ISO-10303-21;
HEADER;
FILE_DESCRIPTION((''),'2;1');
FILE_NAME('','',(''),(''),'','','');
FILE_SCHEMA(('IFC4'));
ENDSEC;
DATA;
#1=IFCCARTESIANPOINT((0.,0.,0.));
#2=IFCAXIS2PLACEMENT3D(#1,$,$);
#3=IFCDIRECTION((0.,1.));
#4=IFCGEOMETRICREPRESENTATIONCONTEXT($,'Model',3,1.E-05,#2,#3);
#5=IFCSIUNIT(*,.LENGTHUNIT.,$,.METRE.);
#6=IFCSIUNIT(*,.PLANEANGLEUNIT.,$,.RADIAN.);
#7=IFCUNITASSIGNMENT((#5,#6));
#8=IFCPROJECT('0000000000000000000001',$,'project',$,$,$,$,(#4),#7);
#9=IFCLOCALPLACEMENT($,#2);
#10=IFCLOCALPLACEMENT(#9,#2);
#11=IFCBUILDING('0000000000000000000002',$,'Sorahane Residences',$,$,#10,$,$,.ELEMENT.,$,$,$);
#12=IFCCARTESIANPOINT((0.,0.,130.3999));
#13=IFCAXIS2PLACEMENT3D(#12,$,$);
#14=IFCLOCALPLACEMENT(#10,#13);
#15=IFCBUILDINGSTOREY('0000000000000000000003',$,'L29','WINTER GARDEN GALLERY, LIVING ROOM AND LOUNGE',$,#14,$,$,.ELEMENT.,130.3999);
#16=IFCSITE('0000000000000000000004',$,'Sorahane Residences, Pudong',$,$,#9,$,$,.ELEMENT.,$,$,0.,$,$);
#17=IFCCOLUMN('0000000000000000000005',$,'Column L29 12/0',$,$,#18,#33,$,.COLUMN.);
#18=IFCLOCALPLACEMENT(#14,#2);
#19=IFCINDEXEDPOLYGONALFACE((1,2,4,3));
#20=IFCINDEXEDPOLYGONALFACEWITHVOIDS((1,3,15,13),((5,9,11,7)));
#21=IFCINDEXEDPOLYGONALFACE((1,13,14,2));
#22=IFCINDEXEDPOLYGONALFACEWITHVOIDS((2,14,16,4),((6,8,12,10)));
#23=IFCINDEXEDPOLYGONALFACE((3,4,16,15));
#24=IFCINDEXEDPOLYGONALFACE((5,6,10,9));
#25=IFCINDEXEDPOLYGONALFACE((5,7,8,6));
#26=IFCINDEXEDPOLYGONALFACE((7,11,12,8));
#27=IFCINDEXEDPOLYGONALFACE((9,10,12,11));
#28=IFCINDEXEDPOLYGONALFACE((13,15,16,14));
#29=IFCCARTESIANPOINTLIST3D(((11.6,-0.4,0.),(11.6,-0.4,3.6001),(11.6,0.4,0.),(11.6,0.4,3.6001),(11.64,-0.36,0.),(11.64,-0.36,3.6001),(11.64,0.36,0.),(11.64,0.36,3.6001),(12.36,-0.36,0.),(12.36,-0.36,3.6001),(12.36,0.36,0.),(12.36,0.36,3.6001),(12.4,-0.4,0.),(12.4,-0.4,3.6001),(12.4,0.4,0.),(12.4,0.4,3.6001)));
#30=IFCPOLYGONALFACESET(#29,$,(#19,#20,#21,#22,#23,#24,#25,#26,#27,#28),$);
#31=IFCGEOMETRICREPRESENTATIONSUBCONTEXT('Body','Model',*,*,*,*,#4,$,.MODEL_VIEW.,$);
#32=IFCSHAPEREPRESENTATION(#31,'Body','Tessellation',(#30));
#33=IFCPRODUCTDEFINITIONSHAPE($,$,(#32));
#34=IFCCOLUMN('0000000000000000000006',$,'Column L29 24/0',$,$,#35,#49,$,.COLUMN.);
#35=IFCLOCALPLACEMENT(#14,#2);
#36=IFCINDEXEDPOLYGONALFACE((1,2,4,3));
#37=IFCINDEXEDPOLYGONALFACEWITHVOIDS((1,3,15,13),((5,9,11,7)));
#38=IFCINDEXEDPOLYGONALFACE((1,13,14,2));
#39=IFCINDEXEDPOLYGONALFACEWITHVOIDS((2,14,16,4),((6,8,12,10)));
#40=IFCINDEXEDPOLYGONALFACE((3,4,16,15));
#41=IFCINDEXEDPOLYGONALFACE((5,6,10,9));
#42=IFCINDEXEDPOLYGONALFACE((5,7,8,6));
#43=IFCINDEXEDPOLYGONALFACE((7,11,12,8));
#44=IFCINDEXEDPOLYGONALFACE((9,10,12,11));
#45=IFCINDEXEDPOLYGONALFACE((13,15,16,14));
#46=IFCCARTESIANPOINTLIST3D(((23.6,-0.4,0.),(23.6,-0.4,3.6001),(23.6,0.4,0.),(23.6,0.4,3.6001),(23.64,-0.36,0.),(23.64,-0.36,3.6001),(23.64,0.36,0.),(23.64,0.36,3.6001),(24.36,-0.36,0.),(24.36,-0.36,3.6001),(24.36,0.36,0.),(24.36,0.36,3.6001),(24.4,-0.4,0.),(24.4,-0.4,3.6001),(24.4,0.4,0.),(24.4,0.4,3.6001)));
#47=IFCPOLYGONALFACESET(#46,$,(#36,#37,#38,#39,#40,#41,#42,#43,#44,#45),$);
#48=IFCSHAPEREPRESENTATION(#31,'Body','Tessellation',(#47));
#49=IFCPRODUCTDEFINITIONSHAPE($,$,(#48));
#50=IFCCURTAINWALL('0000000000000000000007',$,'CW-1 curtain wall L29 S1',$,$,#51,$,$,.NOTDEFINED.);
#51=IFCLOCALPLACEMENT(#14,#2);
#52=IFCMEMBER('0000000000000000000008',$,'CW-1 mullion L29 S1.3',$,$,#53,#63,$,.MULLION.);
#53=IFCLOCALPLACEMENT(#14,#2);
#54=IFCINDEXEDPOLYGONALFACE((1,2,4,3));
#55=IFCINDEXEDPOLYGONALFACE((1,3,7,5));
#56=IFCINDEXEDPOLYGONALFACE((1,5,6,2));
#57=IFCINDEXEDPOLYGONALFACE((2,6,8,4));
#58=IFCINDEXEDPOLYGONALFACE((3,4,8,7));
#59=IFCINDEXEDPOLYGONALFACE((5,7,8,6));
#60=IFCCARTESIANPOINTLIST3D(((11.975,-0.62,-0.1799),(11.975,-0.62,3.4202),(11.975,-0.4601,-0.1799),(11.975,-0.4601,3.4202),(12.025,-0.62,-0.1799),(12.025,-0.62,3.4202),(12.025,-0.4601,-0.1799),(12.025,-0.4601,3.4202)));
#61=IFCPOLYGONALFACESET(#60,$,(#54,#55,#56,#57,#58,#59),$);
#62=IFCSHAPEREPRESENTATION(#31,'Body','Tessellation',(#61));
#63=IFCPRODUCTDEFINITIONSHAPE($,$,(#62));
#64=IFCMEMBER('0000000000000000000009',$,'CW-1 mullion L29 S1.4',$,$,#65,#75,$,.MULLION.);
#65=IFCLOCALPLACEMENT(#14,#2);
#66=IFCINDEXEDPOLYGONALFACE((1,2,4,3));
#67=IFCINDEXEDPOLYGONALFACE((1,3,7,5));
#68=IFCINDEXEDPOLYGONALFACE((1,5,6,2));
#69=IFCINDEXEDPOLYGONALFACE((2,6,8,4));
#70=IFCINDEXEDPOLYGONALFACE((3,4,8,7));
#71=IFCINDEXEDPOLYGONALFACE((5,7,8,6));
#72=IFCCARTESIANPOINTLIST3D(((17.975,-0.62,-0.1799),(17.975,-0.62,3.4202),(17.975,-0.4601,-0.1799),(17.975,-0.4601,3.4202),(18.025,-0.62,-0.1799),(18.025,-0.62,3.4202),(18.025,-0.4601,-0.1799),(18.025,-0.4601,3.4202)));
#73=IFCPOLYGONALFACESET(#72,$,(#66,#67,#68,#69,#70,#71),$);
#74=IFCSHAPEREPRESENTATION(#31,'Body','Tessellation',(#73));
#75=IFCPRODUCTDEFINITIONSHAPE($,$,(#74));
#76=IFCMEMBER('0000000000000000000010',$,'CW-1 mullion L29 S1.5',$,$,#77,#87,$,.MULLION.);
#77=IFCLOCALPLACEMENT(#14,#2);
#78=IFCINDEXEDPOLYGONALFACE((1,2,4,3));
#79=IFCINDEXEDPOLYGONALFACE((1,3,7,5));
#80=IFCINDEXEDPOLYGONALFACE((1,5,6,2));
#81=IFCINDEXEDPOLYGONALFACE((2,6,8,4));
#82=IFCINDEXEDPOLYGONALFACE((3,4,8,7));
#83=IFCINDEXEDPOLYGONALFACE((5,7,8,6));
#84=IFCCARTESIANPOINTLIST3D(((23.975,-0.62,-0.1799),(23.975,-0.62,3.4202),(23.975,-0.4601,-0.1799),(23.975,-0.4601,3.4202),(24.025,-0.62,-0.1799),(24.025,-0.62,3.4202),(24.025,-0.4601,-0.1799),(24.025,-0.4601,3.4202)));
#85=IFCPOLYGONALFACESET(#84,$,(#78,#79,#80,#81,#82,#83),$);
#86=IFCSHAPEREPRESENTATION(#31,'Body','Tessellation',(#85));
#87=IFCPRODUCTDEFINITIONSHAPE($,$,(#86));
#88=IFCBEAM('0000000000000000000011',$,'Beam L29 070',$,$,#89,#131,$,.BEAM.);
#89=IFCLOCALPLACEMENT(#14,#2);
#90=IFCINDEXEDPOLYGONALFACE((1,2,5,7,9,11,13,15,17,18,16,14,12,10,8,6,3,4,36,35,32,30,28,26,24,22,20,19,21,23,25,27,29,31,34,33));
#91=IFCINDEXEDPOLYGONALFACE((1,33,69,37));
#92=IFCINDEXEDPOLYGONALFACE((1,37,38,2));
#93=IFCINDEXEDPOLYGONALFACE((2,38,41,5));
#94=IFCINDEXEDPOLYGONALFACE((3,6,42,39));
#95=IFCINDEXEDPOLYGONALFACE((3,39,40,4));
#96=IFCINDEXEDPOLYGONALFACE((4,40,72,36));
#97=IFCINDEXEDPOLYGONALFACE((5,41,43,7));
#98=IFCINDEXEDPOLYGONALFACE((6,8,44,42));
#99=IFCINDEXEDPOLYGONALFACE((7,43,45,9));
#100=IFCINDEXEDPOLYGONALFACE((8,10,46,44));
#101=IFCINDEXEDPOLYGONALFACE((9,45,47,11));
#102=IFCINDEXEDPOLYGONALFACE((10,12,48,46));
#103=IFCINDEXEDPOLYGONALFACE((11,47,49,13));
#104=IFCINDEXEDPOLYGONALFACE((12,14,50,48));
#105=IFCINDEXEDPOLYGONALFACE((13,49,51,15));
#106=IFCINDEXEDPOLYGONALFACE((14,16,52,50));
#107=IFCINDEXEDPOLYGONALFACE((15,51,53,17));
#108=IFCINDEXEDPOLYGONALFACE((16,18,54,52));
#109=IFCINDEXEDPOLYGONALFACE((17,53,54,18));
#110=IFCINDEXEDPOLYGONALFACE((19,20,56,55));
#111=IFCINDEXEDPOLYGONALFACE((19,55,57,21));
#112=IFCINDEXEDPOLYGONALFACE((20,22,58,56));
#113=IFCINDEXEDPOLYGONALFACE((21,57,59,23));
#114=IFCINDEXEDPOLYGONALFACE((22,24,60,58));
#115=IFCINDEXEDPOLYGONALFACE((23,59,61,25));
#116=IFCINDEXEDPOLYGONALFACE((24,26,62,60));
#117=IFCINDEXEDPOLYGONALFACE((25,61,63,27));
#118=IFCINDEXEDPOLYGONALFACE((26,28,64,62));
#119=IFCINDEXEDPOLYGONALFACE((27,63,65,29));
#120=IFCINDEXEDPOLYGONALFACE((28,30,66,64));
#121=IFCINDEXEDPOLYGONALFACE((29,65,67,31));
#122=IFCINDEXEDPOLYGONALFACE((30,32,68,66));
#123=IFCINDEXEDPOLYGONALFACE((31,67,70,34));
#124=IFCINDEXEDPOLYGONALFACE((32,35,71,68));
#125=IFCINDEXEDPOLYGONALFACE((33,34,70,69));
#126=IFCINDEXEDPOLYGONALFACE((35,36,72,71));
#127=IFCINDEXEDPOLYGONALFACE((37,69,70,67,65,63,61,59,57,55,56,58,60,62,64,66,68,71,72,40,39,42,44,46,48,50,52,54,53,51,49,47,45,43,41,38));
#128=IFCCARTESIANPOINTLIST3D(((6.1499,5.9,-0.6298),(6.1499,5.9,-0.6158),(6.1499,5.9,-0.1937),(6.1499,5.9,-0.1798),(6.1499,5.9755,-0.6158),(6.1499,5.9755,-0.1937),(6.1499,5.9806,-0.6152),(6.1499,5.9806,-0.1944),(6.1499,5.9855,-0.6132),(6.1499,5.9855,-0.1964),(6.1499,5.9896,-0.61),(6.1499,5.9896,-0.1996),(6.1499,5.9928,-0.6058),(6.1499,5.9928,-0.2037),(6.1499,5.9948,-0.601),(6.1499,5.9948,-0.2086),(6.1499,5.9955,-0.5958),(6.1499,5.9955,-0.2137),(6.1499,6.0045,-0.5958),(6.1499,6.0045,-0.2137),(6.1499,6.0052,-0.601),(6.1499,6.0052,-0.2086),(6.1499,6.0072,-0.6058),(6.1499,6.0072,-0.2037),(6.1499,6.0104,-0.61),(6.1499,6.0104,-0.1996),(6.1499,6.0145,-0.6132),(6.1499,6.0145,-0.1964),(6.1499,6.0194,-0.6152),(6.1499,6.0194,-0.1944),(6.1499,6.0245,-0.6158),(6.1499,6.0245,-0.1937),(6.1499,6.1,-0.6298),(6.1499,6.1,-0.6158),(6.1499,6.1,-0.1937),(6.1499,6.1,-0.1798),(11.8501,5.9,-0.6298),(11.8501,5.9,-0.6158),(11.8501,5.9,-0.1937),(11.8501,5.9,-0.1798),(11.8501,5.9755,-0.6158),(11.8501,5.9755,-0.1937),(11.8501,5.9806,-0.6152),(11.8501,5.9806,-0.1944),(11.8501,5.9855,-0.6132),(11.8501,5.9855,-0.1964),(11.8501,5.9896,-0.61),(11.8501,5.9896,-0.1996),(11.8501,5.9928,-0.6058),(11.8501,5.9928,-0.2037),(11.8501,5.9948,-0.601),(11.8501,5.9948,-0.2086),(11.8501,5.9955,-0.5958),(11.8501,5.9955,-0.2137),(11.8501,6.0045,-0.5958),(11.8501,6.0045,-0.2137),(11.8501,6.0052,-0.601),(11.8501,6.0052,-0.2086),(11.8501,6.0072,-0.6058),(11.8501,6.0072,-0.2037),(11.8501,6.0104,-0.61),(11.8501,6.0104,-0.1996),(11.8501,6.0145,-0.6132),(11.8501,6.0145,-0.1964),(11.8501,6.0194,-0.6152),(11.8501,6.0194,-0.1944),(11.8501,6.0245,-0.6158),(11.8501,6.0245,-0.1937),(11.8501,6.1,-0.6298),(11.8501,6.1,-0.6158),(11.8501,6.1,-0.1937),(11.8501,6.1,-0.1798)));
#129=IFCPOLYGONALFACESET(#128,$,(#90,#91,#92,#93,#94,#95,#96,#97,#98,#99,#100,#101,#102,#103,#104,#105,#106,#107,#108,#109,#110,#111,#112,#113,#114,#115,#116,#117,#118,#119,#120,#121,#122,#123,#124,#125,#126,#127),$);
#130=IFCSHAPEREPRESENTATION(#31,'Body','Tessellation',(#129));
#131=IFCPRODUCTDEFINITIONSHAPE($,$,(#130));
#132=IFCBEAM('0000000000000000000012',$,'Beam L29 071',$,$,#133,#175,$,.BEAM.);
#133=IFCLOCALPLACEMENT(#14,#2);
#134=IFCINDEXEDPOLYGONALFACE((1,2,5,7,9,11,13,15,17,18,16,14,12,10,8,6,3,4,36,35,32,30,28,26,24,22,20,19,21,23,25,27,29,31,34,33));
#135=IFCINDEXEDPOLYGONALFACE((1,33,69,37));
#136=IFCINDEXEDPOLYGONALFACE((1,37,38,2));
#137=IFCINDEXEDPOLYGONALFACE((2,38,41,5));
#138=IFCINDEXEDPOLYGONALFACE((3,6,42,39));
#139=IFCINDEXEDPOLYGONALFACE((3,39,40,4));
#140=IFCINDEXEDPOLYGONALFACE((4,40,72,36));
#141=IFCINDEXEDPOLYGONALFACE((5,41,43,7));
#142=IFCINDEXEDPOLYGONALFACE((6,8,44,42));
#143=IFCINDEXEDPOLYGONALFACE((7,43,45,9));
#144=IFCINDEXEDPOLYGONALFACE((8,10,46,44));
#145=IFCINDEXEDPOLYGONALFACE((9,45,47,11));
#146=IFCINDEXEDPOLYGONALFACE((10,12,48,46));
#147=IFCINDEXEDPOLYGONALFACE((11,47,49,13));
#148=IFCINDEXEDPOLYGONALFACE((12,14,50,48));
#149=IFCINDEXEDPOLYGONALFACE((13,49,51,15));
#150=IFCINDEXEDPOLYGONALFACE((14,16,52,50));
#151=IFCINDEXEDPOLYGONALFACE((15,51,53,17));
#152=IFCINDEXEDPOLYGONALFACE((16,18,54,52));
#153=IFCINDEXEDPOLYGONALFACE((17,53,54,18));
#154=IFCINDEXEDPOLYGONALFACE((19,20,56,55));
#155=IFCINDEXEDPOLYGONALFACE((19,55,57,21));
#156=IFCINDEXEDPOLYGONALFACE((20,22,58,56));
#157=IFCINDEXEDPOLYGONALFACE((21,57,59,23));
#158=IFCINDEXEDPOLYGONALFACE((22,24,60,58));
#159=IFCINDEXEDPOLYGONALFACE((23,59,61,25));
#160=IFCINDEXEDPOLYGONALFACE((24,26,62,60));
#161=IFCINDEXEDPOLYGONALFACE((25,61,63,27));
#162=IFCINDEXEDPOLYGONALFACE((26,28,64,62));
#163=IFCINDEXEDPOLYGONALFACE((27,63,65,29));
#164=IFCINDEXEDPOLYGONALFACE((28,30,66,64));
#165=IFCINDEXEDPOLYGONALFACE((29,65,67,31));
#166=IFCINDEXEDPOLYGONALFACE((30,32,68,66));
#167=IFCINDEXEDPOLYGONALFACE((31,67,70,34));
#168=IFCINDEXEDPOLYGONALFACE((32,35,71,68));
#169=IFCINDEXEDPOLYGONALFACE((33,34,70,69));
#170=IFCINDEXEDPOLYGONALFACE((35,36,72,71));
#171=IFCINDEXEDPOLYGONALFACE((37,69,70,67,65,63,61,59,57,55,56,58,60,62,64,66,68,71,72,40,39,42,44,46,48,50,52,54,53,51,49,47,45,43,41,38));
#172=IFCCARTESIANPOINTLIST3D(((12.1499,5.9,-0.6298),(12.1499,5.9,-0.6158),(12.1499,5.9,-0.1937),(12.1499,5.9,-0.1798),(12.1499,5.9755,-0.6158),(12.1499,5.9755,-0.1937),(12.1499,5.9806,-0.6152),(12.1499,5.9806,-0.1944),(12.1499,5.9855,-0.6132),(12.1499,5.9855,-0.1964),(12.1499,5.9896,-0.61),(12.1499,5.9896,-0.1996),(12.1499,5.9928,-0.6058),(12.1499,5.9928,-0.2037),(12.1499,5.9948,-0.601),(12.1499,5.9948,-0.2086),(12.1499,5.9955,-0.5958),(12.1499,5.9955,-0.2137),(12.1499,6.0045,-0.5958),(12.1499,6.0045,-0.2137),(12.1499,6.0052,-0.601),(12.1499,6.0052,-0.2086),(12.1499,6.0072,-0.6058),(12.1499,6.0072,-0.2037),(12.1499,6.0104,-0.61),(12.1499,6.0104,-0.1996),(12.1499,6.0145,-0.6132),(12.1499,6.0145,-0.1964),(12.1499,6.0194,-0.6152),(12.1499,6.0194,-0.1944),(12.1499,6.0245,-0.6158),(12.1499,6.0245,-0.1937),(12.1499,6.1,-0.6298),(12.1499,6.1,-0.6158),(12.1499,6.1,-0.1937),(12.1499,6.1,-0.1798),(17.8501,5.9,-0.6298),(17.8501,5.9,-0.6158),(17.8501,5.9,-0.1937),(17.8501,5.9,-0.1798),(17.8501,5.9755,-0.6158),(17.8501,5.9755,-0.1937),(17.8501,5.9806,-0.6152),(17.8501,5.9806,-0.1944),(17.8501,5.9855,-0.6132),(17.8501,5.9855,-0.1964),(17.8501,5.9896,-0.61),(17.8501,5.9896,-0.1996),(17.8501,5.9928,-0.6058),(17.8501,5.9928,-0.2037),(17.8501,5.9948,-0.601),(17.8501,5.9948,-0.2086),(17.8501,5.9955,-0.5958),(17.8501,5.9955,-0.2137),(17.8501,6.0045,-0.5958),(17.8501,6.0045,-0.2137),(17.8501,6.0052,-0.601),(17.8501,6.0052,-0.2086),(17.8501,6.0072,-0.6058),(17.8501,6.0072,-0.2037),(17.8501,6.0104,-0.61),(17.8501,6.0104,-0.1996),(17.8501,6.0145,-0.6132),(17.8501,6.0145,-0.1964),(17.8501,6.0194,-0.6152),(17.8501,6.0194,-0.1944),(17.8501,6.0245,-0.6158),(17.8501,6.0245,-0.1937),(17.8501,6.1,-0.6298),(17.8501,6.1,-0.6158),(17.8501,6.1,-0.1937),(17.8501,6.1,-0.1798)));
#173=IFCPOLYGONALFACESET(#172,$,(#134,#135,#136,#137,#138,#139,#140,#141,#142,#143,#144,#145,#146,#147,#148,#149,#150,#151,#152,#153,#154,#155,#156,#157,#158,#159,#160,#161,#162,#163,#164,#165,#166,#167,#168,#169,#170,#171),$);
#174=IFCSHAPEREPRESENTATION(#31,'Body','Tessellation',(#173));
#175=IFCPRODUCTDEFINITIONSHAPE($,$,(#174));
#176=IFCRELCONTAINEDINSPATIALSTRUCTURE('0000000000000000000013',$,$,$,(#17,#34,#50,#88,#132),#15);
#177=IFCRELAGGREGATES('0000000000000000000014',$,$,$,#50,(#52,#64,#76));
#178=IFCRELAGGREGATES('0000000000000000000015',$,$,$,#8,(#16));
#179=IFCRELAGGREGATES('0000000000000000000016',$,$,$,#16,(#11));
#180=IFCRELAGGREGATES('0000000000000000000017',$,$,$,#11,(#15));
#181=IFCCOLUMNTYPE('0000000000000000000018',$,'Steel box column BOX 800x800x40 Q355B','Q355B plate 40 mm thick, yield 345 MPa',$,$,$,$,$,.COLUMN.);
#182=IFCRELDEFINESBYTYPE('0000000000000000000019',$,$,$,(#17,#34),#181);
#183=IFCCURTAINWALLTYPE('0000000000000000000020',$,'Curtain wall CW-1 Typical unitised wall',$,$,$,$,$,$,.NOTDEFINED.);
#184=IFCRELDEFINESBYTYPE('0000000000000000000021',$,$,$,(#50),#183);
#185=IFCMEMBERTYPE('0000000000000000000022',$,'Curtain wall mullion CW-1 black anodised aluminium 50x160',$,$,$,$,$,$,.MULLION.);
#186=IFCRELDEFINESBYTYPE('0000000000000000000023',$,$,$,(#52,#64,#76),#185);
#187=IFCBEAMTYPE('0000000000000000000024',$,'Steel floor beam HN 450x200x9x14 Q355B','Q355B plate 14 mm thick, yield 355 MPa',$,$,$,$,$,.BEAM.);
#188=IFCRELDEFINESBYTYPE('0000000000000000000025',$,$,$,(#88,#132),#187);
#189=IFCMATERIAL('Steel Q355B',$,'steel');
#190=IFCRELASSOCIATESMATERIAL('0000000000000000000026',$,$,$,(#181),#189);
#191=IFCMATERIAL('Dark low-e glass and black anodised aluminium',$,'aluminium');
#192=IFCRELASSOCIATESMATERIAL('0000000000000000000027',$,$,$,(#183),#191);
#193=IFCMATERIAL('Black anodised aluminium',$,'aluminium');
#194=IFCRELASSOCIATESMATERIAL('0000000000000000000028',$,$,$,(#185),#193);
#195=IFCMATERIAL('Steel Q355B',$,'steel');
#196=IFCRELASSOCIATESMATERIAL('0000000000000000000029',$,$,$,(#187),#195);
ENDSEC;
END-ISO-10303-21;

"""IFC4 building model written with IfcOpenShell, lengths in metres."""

from ifc_helpers import new_model, si_unit, direction, frame, origin, origin_2d, place, context, subcontext, project, spatial, rectangle, hollow_rectangle, i_section, extrude, material, material_profile, profile_set, type_object, element, aggregate, save


model = new_model("IFC4")

# Units and contexts
model_context = context("Model", 3, precision=1e-05, world=origin(), true_north=direction((0.0, 1.0)))
body_context = subcontext(model_context, "Body", "Model", "MODEL_VIEW")
ifc_project = project(units=[si_unit("LENGTHUNIT", "METRE"), si_unit("PLANEANGLEUNIT", "RADIAN")], contexts=[model_context])

# Site, building, storey
site_placement = place(None, origin())
site = spatial("IfcSite", under=ifc_project, at=site_placement, Name="Sorahane Residences, Pudong", CompositionType="ELEMENT", RefElevation=0.0)
building_placement = place(site_placement, origin())
building = spatial("IfcBuilding", under=site, at=building_placement, Name="Sorahane Residences", CompositionType="ELEMENT")
storey_placement = place(building_placement, frame((0.0, 0.0, 130.3999)))
storey = spatial("IfcBuildingStorey", under=building, at=storey_placement, Name="L29", Description="WINTER GARDEN GALLERY, LIVING ROOM AND LOUNGE", CompositionType="ELEMENT", Elevation=130.3999)

# Columns
ifc_material_1 = material(Name="Steel Q355B", Category="steel")
ifc_material_profile_1 = material_profile(ifc_material_1, hollow_rectangle(XDim=0.8, YDim=0.8, WallThickness=0.04, at=origin_2d()), Name="BOX 800x800x40")
ifc_profile_set_1 = profile_set([ifc_material_profile_1], Name="Steel Q355B")
column_type = type_object("IfcColumnType", Name="Steel box column BOX 800x800x40 Q355B", Description="Q355B plate 40 mm thick, yield 345 MPa", PredefinedType="COLUMN", material=ifc_profile_set_1)
for number, where, z_axis, x_axis, name in (
    (1, (12.0, 0.0, 0.0), (0.0, 0.0, 1.0), (1.0, 0.0, 0.0), "Column L29 12/0"),
    (2, (24.0, 0.0, 0.0), (0.0, 0.0, 1.0), (1.0, 0.0, 0.0), "Column L29 24/0"),
):
    element("IfcColumn", number, at=place(storey_placement, frame(where, z_axis=z_axis, x_axis=x_axis)), inside=storey, type_object=column_type, Name=name, PredefinedType="COLUMN", context=body_context, shape_type="SweptSolid", body=[
        extrude(hollow_rectangle(XDim=0.8, YDim=0.8, WallThickness=0.04, at=origin_2d()), origin(), (0.0, 0.0, 1.0), 3.6001),
    ])

# Curtain wall, members
ifc_material_2 = material(Name="Dark low-e glass and black anodised aluminium", Category="aluminium")
curtain_wall_type = type_object("IfcCurtainWallType", Name="Curtain wall CW-1 Typical unitised wall", PredefinedType="NOTDEFINED", material=ifc_material_2)
curtain_wall_placement = place(storey_placement, origin())
curtain_wall = element("IfcCurtainWall", 3, at=curtain_wall_placement, inside=storey, type_object=curtain_wall_type, Name="CW-1 curtain wall L29 S1", PredefinedType="NOTDEFINED")
ifc_material_3 = material(Name="Black anodised aluminium", Category="aluminium")
ifc_material_profile_2 = material_profile(ifc_material_3, rectangle(XDim=0.1599, YDim=0.05, at=origin_2d()), Name="Curtain wall mullion CW-1 black anodised aluminium 50x160")
ifc_profile_set_2 = profile_set([ifc_material_profile_2], Name="Black anodised aluminium")
member_type = type_object("IfcMemberType", Name="Curtain wall mullion CW-1 black anodised aluminium 50x160", PredefinedType="MULLION", material=ifc_profile_set_2)
member_1_placement = place(storey_placement, frame((12.0, -0.54, -0.1799), z_axis=(0.0, 0.0, 1.0), x_axis=(0.0, -1.0, 0.0)))
member_1 = element("IfcMember", 4, at=member_1_placement, type_object=member_type, Name="CW-1 mullion L29 S1.3", PredefinedType="MULLION", context=body_context, shape_type="SweptSolid", body=[
    extrude(rectangle(XDim=0.1599, YDim=0.05, at=origin_2d()), origin(), (0.0, 0.0, 1.0), 3.6001),
])
member_2_placement = place(storey_placement, frame((18.0, -0.54, -0.1799), z_axis=(0.0, 0.0, 1.0), x_axis=(0.0, -1.0, 0.0)))
member_2 = element("IfcMember", 5, at=member_2_placement, type_object=member_type, Name="CW-1 mullion L29 S1.4", PredefinedType="MULLION", context=body_context, shape_type="SweptSolid", body=[
    extrude(rectangle(XDim=0.1599, YDim=0.05, at=origin_2d()), origin(), (0.0, 0.0, 1.0), 3.6001),
])
member_3_placement = place(storey_placement, frame((24.0, -0.54, -0.1799), z_axis=(0.0, 0.0, 1.0), x_axis=(0.0, -1.0, 0.0)))
member_3 = element("IfcMember", 6, at=member_3_placement, type_object=member_type, Name="CW-1 mullion L29 S1.5", PredefinedType="MULLION", context=body_context, shape_type="SweptSolid", body=[
    extrude(rectangle(XDim=0.1599, YDim=0.05, at=origin_2d()), origin(), (0.0, 0.0, 1.0), 3.6001),
])

# Beams
ifc_material_4 = material(Name="Steel Q355B", Category="steel")
ifc_material_profile_3 = material_profile(ifc_material_4, i_section(OverallWidth=0.2, OverallDepth=0.45, WebThickness=0.009, FlangeThickness=0.0139, FilletRadius=0.02, at=origin_2d()), Name="HN 450x200x9x14")
ifc_profile_set_3 = profile_set([ifc_material_profile_3], Name="Steel Q355B")
beam_type_1 = type_object("IfcBeamType", Name="Steel floor beam HN 450x200x9x14 Q355B", Description="Q355B plate 14 mm thick, yield 355 MPa", PredefinedType="BEAM", material=ifc_profile_set_3)
for number, where, z_axis, x_axis, name in (
    (7, (6.1499, 6.0, -0.4048), (1.0, 0.0, 0.0), (0.0, 1.0, 0.0), "Beam L29 070"),
    (8, (12.1499, 6.0, -0.4048), (1.0, 0.0, 0.0), (0.0, 1.0, 0.0), "Beam L29 071"),
):
    element("IfcBeam", number, at=place(storey_placement, frame(where, z_axis=z_axis, x_axis=x_axis)), inside=storey, type_object=beam_type_1, Name=name, PredefinedType="BEAM", context=body_context, shape_type="SweptSolid", body=[
        extrude(i_section(OverallWidth=0.2, OverallDepth=0.45, WebThickness=0.009, FlangeThickness=0.0139, FilletRadius=0.02, at=origin_2d()), origin(), (0.0, 0.0, 1.0), 5.7002),
    ])

aggregate(curtain_wall, [member_1, member_2, member_3])

save(model, "model.ifc")
